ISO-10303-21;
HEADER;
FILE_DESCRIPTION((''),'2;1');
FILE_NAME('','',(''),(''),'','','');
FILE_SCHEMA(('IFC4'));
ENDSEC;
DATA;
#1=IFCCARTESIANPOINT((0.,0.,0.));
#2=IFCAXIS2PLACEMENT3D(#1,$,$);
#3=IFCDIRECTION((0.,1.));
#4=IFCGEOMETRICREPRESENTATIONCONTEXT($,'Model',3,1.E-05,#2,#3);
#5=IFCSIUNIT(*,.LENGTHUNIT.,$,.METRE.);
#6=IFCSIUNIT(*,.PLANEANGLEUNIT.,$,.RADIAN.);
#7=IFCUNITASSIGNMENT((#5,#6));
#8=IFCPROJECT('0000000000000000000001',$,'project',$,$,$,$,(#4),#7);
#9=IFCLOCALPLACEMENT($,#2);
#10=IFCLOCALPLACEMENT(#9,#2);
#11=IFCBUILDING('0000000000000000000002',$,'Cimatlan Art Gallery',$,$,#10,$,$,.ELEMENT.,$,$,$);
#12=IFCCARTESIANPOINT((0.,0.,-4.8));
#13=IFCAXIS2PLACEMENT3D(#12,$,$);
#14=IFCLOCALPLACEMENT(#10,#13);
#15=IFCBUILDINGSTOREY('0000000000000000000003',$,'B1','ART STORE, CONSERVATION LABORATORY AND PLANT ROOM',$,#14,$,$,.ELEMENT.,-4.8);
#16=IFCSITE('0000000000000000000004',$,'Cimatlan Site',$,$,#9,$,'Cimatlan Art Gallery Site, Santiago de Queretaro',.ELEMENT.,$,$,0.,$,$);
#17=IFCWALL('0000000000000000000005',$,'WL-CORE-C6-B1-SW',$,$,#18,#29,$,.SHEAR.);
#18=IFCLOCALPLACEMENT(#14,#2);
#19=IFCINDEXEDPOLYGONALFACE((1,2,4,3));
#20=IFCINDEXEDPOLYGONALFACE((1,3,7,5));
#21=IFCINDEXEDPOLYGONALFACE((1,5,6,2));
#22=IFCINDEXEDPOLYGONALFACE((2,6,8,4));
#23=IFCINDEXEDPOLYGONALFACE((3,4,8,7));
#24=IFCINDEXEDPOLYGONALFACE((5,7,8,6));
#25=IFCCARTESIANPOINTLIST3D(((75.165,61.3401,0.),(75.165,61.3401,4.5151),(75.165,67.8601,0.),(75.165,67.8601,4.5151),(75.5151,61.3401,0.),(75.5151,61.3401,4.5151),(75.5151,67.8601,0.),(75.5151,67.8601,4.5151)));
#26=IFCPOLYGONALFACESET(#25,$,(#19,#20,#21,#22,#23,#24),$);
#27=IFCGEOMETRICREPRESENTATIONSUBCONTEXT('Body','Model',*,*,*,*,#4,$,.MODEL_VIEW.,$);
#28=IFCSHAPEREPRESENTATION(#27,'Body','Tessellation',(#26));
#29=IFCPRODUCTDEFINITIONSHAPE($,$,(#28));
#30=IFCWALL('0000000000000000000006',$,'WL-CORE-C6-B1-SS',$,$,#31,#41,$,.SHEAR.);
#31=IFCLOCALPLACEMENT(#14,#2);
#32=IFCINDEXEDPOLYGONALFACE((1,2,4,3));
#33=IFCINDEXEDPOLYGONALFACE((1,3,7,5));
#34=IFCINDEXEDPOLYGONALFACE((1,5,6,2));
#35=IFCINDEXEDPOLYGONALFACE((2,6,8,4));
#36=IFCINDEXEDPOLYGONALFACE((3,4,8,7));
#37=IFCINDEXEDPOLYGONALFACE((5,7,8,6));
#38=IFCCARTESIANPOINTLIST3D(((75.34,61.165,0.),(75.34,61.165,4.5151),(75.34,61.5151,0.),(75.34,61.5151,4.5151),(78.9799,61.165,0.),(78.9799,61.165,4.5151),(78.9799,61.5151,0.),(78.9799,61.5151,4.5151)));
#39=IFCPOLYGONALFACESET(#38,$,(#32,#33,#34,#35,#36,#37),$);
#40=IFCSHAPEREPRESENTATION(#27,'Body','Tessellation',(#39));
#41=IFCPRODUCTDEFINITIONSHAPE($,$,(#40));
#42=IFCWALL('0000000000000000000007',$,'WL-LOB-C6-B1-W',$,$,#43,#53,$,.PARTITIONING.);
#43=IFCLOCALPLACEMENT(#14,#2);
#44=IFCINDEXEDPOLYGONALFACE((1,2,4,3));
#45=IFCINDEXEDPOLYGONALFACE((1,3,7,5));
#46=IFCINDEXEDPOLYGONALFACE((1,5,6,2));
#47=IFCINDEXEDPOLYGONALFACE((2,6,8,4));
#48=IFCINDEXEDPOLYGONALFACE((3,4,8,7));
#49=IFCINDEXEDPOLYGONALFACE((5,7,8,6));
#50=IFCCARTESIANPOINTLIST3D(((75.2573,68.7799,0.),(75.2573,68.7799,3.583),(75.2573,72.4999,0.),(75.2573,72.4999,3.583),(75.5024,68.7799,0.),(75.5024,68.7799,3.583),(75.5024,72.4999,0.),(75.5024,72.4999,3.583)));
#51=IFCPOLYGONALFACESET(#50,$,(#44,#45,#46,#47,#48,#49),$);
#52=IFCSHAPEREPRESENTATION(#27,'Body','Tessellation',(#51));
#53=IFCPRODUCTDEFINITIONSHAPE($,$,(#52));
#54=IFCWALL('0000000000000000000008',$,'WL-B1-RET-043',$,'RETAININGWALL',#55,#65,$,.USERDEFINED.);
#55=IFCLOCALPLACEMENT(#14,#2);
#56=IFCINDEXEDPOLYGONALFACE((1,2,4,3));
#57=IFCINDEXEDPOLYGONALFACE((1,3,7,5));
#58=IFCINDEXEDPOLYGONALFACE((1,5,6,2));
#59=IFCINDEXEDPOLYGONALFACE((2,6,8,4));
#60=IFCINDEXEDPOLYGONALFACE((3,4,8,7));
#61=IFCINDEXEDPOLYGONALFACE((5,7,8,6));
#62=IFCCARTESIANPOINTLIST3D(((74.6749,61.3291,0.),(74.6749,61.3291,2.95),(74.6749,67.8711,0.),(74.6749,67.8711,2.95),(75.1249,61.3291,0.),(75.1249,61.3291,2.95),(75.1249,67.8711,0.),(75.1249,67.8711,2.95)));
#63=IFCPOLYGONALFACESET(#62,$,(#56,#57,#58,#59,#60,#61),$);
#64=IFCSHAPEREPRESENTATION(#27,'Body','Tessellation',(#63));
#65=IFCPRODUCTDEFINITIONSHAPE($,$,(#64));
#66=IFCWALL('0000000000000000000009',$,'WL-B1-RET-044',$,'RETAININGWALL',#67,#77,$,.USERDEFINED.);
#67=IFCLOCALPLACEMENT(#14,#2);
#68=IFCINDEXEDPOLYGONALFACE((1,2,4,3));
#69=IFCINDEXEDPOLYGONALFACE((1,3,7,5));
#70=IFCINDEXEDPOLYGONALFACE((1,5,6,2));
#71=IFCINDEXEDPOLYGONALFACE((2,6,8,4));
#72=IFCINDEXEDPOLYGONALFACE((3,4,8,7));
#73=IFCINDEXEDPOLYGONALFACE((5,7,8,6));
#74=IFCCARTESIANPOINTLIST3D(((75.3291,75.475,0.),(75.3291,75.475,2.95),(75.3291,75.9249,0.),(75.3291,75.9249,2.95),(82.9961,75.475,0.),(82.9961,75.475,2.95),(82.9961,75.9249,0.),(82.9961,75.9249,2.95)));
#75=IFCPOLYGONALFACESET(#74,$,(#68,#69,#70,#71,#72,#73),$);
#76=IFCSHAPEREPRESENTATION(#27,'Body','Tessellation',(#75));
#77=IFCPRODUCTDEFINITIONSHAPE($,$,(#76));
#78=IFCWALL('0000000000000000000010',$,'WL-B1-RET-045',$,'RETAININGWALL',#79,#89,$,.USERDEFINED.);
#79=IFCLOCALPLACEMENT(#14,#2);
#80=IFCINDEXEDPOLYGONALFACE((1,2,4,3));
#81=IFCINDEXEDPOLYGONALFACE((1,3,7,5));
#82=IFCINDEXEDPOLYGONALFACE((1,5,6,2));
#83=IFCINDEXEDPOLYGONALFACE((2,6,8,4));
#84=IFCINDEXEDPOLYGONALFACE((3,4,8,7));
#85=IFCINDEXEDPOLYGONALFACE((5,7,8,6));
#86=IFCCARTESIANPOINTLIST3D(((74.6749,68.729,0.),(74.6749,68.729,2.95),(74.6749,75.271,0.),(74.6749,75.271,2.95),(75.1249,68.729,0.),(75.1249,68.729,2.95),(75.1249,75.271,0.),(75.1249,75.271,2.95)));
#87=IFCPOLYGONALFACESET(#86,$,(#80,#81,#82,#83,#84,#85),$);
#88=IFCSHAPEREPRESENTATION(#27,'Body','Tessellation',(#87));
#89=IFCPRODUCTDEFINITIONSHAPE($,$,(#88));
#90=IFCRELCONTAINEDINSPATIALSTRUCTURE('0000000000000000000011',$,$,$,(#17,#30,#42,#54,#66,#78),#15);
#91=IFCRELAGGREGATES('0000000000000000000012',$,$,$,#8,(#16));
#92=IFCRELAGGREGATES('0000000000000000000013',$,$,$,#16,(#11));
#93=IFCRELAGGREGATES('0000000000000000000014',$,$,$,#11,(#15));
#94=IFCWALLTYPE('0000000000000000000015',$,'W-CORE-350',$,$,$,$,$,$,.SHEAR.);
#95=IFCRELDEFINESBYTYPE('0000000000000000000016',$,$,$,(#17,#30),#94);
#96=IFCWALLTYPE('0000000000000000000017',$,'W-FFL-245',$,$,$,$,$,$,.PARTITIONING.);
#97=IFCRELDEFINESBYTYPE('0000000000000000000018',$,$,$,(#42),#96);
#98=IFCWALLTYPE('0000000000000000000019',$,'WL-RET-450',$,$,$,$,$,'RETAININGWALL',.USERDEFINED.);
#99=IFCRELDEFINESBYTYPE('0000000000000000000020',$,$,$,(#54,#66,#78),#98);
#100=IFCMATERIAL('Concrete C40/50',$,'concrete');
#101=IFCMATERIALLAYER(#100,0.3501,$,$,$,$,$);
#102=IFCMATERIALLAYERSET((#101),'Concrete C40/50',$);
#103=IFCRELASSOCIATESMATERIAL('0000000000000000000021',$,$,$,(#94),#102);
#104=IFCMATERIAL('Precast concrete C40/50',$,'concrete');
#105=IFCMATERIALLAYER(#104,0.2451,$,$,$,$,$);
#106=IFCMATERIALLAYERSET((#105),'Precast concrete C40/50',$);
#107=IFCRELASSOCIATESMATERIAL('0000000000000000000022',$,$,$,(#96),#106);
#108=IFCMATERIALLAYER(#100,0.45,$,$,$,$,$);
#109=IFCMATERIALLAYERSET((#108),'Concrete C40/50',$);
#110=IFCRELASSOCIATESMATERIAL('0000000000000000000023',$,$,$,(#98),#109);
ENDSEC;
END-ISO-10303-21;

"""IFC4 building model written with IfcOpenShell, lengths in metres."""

from ifc_helpers import new_model, si_unit, direction, frame, frame_2d, origin, place, context, subcontext, project, spatial, rectangle, extrude, material, layer, layer_set, type_object, element, save


model = new_model("IFC4")

# Units and contexts
model_context = context("Model", 3, precision=1e-05, world=origin(), true_north=direction((0.0, 1.0)))
body_context = subcontext(model_context, "Body", "Model", "MODEL_VIEW")
ifc_project = project(units=[si_unit("LENGTHUNIT", "METRE"), si_unit("PLANEANGLEUNIT", "RADIAN")], contexts=[model_context])

# Site, building, storey
site_placement = place(None, origin())
site = spatial("IfcSite", under=ifc_project, at=site_placement, Name="Cimatlan Site", LongName="Cimatlan Art Gallery Site, Santiago de Queretaro", CompositionType="ELEMENT", RefElevation=0.0)
building_placement = place(site_placement, origin())
building = spatial("IfcBuilding", under=site, at=building_placement, Name="Cimatlan Art Gallery", CompositionType="ELEMENT")
storey_placement = place(building_placement, frame((0.0, 0.0, -4.8)))
storey = spatial("IfcBuildingStorey", under=building, at=storey_placement, Name="B1", Description="ART STORE, CONSERVATION LABORATORY AND PLANT ROOM", CompositionType="ELEMENT", Elevation=-4.8)

# Shared definitions
ifc_material_1 = material(Name="Concrete C40/50", Category="concrete")

# Walls
ifc_layer_1 = layer(ifc_material_1, 0.3501)
ifc_layer_set_1 = layer_set([ifc_layer_1], Name="Concrete C40/50")
wall_type_1 = type_object("IfcWallType", Name="W-CORE-350", PredefinedType="SHEAR", material=ifc_layer_set_1)
wall_1_placement = place(storey_placement, frame((75.3401, 61.3401, 0.0), z_axis=(0.0, 0.0, 1.0), x_axis=(0.0, 1.0, 0.0)))
element("IfcWall", 1, at=wall_1_placement, inside=storey, type_object=wall_type_1, Name="WL-CORE-C6-B1-SW", PredefinedType="SHEAR", context=body_context, shape_type="SweptSolid", body=[
    extrude(rectangle(XDim=6.52, YDim=0.3501, at=frame_2d((3.26, 0.0))), origin(), (0.0, 0.0, 1.0), 4.5151),
])
wall_2_placement = place(storey_placement, frame((75.3401, 61.3401, 0.0), z_axis=(0.0, 0.0, 1.0), x_axis=(1.0, 0.0, 0.0)))
element("IfcWall", 2, at=wall_2_placement, inside=storey, type_object=wall_type_1, Name="WL-CORE-C6-B1-SS", PredefinedType="SHEAR", context=body_context, shape_type="SweptSolid", body=[
    extrude(rectangle(XDim=3.6399, YDim=0.3501, at=frame_2d((1.8198, 0.0))), origin(), (0.0, 0.0, 1.0), 4.5151),
])

# Shared definitions
ifc_material_2 = material(Name="Precast concrete C40/50", Category="concrete")
ifc_layer_2 = layer(ifc_material_2, 0.2451)
ifc_layer_set_2 = layer_set([ifc_layer_2], Name="Precast concrete C40/50")
wall_type_2 = type_object("IfcWallType", Name="W-FFL-245", PredefinedType="PARTITIONING", material=ifc_layer_set_2)

# Walls
wall_3_placement = place(storey_placement, frame((75.3799, 68.78, 0.0), z_axis=(0.0, 0.0, 1.0), x_axis=(0.0, 1.0, 0.0)))
element("IfcWall", 3, at=wall_3_placement, inside=storey, type_object=wall_type_2, Name="WL-LOB-C6-B1-W", PredefinedType="PARTITIONING", context=body_context, shape_type="SweptSolid", body=[
    extrude(rectangle(XDim=3.72, YDim=0.2451, at=frame_2d((1.8599, 0.0))), origin(), (0.0, 0.0, 1.0), 3.583),
])
ifc_layer_3 = layer(ifc_material_1, 0.45)
ifc_layer_set_3 = layer_set([ifc_layer_3], Name="Concrete C40/50")
wall_type_3 = type_object("IfcWallType", Name="WL-RET-450", ElementType="RETAININGWALL", PredefinedType="USERDEFINED", material=ifc_layer_set_3)
wall_4_placement = place(storey_placement, frame((74.8999, 61.3291, 0.0), z_axis=(0.0, 0.0, 1.0), x_axis=(0.0, 1.0, 0.0)))
element("IfcWall", 4, at=wall_4_placement, inside=storey, type_object=wall_type_3, Name="WL-B1-RET-043", ObjectType="RETAININGWALL", PredefinedType="USERDEFINED", context=body_context, shape_type="SweptSolid", body=[
    extrude(rectangle(XDim=6.542, YDim=0.45, at=frame_2d((3.271, 0.0))), origin(), (0.0, 0.0, 1.0), 2.95),
])
wall_5_placement = place(storey_placement, frame((75.3291, 75.7, 0.0), z_axis=(0.0, 0.0, 1.0), x_axis=(1.0, 0.0, 0.0)))
element("IfcWall", 5, at=wall_5_placement, inside=storey, type_object=wall_type_3, Name="WL-B1-RET-044", ObjectType="RETAININGWALL", PredefinedType="USERDEFINED", context=body_context, shape_type="SweptSolid", body=[
    extrude(rectangle(XDim=7.667, YDim=0.45, at=frame_2d((3.8335, 0.0))), origin(), (0.0, 0.0, 1.0), 2.95),
])
wall_6_placement = place(storey_placement, frame((74.8999, 68.729, 0.0), z_axis=(0.0, 0.0, 1.0), x_axis=(0.0, 1.0, 0.0)))
element("IfcWall", 6, at=wall_6_placement, inside=storey, type_object=wall_type_3, Name="WL-B1-RET-045", ObjectType="RETAININGWALL", PredefinedType="USERDEFINED", context=body_context, shape_type="SweptSolid", body=[
    extrude(rectangle(XDim=6.542, YDim=0.45, at=frame_2d((3.271, 0.0))), origin(), (0.0, 0.0, 1.0), 2.95),
])

save(model, "model.ifc")
